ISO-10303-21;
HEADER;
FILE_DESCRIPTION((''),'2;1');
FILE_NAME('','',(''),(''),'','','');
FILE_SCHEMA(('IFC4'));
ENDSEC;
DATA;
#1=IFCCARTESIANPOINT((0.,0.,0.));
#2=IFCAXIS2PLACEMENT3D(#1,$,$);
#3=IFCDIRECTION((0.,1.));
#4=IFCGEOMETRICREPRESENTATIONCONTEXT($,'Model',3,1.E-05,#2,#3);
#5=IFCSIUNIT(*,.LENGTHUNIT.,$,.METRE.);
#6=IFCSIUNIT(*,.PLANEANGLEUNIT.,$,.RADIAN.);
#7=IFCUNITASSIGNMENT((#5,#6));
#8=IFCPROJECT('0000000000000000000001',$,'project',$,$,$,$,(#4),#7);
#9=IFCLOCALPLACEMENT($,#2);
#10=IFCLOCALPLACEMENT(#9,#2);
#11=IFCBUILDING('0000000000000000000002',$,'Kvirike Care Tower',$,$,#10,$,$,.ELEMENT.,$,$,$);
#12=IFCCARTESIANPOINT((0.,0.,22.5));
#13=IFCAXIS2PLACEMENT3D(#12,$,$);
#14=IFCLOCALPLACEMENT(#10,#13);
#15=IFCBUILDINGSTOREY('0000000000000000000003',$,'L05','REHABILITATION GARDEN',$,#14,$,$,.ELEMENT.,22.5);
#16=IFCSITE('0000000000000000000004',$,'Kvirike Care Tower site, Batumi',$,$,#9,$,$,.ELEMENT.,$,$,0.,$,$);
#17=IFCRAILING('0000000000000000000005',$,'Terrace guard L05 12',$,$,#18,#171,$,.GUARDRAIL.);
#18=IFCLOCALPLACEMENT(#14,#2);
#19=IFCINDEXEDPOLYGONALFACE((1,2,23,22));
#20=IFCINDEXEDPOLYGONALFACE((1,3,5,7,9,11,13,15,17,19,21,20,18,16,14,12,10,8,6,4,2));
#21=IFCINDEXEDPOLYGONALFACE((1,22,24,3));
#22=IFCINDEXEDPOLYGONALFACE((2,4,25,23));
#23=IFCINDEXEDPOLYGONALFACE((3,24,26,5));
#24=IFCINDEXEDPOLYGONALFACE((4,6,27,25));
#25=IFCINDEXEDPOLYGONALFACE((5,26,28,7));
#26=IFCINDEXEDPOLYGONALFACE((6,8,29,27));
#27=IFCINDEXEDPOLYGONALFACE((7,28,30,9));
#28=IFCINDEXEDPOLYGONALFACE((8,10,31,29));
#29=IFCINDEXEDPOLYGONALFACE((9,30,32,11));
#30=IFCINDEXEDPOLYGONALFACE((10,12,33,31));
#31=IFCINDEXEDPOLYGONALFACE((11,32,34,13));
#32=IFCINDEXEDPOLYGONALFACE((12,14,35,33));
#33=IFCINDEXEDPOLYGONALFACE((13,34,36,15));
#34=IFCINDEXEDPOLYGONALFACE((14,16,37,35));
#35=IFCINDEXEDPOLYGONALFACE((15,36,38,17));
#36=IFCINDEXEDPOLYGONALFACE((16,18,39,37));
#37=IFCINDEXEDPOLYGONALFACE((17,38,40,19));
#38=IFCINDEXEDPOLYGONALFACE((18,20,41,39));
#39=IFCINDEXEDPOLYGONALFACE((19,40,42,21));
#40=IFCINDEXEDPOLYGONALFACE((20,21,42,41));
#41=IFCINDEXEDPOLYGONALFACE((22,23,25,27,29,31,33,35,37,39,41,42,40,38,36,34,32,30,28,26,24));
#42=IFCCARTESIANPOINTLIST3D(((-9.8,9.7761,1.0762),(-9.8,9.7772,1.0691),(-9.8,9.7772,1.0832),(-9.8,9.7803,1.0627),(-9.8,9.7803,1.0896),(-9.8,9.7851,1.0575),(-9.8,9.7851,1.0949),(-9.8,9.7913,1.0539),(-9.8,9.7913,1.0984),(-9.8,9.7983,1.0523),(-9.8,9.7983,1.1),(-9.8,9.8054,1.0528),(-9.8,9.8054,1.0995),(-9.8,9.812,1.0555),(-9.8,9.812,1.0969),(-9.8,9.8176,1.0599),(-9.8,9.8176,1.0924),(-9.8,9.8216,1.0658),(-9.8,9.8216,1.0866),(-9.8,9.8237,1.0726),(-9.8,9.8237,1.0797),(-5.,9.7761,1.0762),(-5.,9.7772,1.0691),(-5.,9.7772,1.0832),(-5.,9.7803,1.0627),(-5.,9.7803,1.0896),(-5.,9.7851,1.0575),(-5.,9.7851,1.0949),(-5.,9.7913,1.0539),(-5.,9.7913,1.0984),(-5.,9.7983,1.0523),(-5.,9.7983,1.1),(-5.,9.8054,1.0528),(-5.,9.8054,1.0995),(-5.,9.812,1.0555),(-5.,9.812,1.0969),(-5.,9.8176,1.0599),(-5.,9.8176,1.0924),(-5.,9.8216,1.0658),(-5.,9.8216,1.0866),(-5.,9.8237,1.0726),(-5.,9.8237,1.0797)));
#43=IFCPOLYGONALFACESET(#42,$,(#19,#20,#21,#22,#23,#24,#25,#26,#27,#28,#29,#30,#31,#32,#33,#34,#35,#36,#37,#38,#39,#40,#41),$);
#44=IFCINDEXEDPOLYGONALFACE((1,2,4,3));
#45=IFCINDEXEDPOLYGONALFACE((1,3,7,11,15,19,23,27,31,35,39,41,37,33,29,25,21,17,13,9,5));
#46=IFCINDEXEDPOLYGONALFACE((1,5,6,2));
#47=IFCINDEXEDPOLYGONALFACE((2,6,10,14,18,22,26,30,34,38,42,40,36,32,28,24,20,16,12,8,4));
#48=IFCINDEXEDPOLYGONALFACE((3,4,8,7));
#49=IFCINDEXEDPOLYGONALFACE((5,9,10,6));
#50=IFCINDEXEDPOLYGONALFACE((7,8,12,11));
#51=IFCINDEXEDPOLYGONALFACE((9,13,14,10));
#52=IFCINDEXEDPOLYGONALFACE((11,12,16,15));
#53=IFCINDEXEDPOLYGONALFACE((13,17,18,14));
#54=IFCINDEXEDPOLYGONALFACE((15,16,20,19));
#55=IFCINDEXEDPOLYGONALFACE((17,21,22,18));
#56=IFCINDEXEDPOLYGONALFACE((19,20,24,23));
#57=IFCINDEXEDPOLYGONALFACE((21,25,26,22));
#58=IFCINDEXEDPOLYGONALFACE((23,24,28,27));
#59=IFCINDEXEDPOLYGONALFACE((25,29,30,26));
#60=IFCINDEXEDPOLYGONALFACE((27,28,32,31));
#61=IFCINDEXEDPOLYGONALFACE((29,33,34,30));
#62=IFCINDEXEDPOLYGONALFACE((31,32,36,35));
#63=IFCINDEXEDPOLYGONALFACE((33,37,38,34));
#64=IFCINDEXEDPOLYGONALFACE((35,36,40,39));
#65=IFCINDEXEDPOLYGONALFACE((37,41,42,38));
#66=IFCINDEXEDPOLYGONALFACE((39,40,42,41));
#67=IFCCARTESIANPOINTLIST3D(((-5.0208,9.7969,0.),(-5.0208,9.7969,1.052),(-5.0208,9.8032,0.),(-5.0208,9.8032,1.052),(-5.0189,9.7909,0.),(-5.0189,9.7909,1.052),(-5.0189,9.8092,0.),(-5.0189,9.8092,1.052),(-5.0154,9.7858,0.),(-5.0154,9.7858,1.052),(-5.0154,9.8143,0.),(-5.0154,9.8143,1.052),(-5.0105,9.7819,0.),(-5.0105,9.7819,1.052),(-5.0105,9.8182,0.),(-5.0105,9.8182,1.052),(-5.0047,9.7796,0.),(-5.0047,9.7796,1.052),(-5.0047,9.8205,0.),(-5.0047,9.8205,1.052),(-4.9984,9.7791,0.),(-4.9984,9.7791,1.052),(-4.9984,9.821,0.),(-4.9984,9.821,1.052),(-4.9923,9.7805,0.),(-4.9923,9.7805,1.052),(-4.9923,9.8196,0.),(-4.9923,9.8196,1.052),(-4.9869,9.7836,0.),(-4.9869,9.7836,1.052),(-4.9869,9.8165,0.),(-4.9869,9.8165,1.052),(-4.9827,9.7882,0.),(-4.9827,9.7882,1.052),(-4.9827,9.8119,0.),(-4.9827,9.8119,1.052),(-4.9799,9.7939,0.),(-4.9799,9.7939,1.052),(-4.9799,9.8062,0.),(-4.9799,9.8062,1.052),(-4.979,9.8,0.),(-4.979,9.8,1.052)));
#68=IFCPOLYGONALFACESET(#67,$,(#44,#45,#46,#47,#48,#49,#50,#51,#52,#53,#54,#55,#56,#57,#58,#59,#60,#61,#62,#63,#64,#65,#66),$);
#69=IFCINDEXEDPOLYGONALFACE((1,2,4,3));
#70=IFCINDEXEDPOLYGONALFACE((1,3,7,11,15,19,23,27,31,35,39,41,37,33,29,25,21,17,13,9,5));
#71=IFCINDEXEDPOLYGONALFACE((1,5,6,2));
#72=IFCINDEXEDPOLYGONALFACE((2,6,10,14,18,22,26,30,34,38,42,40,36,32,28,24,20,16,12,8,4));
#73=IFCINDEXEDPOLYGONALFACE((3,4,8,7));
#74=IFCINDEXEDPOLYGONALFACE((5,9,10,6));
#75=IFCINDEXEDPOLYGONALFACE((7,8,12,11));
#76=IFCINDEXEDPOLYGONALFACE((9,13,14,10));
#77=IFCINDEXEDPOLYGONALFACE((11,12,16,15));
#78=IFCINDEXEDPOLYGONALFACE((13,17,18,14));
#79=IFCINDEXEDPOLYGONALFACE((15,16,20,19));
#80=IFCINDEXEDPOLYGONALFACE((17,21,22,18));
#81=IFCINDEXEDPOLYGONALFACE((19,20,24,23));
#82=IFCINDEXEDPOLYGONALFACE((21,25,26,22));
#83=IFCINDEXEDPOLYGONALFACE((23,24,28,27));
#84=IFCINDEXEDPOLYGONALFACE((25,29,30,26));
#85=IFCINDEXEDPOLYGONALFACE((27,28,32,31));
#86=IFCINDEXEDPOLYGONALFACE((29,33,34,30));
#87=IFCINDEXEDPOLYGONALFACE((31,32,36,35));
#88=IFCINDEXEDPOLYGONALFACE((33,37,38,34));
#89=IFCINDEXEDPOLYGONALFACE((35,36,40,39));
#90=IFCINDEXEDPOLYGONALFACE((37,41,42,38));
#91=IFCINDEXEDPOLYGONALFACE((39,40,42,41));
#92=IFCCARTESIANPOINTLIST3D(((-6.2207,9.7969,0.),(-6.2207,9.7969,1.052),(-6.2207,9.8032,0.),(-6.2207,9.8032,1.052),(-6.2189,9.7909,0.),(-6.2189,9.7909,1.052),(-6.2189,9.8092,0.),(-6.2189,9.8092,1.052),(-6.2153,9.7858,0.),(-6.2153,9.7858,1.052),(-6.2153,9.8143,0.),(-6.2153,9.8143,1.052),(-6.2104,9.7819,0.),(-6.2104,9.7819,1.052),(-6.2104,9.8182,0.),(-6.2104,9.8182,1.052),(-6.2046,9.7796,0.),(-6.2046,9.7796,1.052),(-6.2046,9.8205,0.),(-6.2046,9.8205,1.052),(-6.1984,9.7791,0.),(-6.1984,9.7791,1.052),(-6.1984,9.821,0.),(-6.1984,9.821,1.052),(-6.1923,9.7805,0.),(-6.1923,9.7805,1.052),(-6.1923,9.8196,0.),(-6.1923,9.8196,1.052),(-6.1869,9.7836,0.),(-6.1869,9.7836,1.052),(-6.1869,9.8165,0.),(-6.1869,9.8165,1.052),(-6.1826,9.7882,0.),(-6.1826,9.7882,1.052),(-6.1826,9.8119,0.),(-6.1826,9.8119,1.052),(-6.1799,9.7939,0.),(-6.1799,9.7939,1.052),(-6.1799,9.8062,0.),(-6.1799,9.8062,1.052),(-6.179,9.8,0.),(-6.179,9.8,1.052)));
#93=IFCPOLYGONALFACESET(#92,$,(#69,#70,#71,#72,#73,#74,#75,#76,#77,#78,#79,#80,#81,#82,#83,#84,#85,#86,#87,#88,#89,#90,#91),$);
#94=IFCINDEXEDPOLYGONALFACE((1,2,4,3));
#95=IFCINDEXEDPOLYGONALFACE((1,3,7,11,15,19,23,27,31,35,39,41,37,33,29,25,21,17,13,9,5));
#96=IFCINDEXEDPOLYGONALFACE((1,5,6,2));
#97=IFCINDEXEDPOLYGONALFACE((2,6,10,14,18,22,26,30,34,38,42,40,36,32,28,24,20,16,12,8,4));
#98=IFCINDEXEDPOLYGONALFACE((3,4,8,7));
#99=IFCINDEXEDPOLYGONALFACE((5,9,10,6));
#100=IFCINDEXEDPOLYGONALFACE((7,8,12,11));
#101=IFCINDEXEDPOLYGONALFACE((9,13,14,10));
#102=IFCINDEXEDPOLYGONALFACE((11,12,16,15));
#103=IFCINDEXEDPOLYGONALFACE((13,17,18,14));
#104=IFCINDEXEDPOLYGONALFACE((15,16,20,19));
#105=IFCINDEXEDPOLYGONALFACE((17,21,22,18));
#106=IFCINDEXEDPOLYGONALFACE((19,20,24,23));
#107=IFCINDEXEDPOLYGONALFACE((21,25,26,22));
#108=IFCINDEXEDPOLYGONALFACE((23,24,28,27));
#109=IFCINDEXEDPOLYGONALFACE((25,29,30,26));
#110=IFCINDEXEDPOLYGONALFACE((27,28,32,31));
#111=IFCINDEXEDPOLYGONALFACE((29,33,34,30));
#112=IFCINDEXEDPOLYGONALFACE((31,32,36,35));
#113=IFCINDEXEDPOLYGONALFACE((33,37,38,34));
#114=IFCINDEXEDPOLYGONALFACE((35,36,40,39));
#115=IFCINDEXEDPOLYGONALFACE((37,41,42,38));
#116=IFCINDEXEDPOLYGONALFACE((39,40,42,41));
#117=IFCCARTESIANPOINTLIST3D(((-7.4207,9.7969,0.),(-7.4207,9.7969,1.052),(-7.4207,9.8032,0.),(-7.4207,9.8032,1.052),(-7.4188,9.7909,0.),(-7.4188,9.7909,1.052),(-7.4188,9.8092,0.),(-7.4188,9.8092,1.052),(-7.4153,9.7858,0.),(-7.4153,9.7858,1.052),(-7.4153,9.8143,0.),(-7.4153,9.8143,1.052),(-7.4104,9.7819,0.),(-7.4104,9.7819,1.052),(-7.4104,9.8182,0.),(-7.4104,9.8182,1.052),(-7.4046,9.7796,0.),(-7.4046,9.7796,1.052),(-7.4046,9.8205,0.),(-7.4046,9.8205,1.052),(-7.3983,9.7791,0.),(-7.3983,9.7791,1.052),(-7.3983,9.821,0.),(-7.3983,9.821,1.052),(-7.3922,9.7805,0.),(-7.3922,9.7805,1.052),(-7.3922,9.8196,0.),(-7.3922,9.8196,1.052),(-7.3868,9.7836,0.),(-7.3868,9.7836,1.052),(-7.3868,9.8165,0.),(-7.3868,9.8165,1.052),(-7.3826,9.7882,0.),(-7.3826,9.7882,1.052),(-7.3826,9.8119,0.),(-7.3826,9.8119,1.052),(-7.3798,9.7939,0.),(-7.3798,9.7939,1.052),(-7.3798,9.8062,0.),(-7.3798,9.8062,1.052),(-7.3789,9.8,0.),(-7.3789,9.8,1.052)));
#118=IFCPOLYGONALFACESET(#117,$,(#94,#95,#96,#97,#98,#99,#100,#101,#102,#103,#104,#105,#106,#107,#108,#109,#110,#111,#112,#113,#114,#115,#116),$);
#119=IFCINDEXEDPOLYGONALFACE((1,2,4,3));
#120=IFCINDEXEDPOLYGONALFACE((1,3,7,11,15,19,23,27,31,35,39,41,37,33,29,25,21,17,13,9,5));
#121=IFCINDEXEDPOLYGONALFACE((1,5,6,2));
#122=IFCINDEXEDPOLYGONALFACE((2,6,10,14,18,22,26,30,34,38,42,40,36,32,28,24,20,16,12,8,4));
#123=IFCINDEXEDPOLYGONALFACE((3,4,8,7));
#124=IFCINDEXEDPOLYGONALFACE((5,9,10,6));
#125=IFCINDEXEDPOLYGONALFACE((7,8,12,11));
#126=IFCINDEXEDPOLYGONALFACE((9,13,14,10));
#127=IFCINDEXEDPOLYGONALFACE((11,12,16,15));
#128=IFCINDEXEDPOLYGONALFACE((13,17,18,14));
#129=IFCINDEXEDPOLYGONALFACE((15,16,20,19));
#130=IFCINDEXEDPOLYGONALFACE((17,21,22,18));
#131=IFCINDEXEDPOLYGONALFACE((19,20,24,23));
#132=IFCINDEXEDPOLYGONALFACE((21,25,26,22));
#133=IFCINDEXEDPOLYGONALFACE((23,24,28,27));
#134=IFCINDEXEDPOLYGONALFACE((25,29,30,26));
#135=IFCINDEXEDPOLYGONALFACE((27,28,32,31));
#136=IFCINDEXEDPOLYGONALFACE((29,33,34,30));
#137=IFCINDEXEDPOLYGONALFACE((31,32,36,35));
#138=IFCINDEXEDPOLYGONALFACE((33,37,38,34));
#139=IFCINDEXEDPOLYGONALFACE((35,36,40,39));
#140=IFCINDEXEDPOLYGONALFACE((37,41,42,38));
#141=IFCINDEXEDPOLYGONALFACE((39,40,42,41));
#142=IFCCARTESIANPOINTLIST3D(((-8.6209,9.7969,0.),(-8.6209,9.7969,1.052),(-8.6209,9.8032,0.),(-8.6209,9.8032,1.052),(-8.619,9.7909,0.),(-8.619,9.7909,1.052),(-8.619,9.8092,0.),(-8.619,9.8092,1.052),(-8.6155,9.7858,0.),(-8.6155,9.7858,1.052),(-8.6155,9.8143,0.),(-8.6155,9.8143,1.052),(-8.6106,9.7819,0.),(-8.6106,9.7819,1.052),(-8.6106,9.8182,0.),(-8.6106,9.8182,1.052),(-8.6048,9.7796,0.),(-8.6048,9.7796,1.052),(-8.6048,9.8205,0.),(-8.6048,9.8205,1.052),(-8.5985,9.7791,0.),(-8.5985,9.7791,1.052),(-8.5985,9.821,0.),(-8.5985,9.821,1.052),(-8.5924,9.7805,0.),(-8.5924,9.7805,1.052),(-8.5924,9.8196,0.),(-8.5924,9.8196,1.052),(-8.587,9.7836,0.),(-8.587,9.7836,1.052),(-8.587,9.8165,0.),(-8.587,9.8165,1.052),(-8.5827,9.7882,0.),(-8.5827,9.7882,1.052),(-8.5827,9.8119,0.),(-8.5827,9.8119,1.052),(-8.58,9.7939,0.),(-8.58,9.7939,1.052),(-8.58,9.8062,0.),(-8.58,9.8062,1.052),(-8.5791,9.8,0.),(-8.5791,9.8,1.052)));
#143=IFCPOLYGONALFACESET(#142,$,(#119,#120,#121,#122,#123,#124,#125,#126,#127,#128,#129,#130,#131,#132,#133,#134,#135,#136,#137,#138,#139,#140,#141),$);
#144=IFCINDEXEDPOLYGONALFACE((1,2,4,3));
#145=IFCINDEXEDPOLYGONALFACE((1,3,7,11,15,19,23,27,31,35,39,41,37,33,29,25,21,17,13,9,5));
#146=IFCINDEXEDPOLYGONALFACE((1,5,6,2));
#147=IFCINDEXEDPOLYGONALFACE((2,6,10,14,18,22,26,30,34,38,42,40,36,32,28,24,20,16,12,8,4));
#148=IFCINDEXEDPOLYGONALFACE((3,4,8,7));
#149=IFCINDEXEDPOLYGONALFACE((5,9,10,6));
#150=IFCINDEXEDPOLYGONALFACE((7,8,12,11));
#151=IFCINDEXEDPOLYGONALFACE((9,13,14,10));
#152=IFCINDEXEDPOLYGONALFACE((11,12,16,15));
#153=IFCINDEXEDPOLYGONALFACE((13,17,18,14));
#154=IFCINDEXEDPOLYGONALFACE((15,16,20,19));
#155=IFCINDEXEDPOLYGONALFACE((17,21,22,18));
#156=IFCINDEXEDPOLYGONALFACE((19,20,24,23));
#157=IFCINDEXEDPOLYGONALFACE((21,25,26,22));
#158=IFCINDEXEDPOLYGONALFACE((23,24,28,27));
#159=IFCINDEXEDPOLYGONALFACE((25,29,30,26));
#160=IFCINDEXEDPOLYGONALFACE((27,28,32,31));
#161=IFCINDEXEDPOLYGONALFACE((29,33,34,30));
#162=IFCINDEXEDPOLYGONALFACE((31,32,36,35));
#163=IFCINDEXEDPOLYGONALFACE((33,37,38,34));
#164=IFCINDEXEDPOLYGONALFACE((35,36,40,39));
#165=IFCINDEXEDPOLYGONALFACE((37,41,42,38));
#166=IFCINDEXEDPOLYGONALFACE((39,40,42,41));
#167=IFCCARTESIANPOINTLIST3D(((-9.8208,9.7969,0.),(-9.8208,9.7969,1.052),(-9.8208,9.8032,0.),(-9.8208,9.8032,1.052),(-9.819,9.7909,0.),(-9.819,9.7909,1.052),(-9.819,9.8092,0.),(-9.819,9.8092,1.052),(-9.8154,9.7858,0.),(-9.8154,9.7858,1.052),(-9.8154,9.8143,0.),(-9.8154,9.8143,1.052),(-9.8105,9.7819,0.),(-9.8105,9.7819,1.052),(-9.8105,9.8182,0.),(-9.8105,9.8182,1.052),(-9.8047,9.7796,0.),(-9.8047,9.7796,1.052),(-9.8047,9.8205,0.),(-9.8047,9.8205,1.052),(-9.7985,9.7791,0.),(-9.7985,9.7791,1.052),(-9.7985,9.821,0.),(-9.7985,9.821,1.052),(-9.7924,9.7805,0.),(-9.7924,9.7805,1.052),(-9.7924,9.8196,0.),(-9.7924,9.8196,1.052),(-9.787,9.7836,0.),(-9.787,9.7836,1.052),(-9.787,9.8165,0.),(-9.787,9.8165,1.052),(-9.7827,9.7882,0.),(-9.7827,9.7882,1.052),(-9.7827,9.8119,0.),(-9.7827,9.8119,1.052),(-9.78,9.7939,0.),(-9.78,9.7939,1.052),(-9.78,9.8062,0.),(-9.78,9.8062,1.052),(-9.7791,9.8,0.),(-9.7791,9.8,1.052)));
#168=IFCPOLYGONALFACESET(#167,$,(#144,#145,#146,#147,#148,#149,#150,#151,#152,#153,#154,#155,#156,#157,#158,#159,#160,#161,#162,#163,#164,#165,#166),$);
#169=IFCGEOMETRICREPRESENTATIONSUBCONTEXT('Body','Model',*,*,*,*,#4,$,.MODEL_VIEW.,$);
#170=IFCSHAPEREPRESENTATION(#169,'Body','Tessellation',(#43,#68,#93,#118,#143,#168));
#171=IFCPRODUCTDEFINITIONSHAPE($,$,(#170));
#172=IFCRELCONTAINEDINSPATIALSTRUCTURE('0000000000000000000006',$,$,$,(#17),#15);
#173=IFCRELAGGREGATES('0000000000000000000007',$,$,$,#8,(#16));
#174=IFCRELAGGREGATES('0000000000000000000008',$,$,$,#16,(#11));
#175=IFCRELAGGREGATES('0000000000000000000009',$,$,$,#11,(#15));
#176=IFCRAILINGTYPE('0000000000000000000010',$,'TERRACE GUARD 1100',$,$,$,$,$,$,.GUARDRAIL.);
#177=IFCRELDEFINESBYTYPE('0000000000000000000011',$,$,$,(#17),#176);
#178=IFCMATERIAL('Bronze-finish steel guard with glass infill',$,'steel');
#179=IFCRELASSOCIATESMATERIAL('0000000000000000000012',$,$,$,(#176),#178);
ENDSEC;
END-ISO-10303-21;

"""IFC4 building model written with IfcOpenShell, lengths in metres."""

from ifc_helpers import new_model, si_unit, direction, frame, origin, origin_2d, place, context, subcontext, project, spatial, circle, extrude, material, type_object, element, save


model = new_model("IFC4")

# Units and contexts
model_context = context("Model", 3, precision=1e-05, world=origin(), true_north=direction((0.0, 1.0)))
body_context = subcontext(model_context, "Body", "Model", "MODEL_VIEW")
ifc_project = project(units=[si_unit("LENGTHUNIT", "METRE"), si_unit("PLANEANGLEUNIT", "RADIAN")], contexts=[model_context])

# Site, building, storey
site_placement = place(None, origin())
site = spatial("IfcSite", under=ifc_project, at=site_placement, Name="Kvirike Care Tower site, Batumi", CompositionType="ELEMENT", RefElevation=0.0)
building_placement = place(site_placement, origin())
building = spatial("IfcBuilding", under=site, at=building_placement, Name="Kvirike Care Tower", CompositionType="ELEMENT")
storey_placement = place(building_placement, frame((0.0, 0.0, 22.5)))
storey = spatial("IfcBuildingStorey", under=building, at=storey_placement, Name="L05", Description="REHABILITATION GARDEN", CompositionType="ELEMENT", Elevation=22.5)

# Railing
ifc_material_1 = material(Name="Bronze-finish steel guard with glass infill", Category="steel")
railing_type_1 = type_object("IfcRailingType", Name="TERRACE GUARD 1100", PredefinedType="GUARDRAIL", material=ifc_material_1)
railing_1_placement = place(storey_placement, frame((-5.0, 9.8, 0.0)))
element("IfcRailing", 1, at=railing_1_placement, inside=storey, type_object=railing_type_1, Name="Terrace guard L05 12", PredefinedType="GUARDRAIL", context=body_context, shape_type="SweptSolid", body=[
    extrude(circle(Radius=0.0239, at=origin_2d()), frame((0.0, 0.0, 1.0762), z_axis=(-1.0, 0.0, 0.0), x_axis=(0.0, -1.0, 0.0)), (0.0, 0.0, 1.0), 4.8),
    extrude(circle(Radius=0.021, at=origin_2d()), origin(), (0.0, 0.0, 1.0), 1.052),
    extrude(circle(Radius=0.021, at=origin_2d()), frame((-1.2, 0.0, 0.0)), (0.0, 0.0, 1.0), 1.052),
    extrude(circle(Radius=0.021, at=origin_2d()), frame((-2.3999, 0.0, 0.0)), (0.0, 0.0, 1.0), 1.052),
    extrude(circle(Radius=0.021, at=origin_2d()), frame((-3.6001, 0.0, 0.0)), (0.0, 0.0, 1.0), 1.052),
    extrude(circle(Radius=0.021, at=origin_2d()), frame((-4.8, 0.0, 0.0)), (0.0, 0.0, 1.0), 1.052),
])

save(model, "model.ifc")
